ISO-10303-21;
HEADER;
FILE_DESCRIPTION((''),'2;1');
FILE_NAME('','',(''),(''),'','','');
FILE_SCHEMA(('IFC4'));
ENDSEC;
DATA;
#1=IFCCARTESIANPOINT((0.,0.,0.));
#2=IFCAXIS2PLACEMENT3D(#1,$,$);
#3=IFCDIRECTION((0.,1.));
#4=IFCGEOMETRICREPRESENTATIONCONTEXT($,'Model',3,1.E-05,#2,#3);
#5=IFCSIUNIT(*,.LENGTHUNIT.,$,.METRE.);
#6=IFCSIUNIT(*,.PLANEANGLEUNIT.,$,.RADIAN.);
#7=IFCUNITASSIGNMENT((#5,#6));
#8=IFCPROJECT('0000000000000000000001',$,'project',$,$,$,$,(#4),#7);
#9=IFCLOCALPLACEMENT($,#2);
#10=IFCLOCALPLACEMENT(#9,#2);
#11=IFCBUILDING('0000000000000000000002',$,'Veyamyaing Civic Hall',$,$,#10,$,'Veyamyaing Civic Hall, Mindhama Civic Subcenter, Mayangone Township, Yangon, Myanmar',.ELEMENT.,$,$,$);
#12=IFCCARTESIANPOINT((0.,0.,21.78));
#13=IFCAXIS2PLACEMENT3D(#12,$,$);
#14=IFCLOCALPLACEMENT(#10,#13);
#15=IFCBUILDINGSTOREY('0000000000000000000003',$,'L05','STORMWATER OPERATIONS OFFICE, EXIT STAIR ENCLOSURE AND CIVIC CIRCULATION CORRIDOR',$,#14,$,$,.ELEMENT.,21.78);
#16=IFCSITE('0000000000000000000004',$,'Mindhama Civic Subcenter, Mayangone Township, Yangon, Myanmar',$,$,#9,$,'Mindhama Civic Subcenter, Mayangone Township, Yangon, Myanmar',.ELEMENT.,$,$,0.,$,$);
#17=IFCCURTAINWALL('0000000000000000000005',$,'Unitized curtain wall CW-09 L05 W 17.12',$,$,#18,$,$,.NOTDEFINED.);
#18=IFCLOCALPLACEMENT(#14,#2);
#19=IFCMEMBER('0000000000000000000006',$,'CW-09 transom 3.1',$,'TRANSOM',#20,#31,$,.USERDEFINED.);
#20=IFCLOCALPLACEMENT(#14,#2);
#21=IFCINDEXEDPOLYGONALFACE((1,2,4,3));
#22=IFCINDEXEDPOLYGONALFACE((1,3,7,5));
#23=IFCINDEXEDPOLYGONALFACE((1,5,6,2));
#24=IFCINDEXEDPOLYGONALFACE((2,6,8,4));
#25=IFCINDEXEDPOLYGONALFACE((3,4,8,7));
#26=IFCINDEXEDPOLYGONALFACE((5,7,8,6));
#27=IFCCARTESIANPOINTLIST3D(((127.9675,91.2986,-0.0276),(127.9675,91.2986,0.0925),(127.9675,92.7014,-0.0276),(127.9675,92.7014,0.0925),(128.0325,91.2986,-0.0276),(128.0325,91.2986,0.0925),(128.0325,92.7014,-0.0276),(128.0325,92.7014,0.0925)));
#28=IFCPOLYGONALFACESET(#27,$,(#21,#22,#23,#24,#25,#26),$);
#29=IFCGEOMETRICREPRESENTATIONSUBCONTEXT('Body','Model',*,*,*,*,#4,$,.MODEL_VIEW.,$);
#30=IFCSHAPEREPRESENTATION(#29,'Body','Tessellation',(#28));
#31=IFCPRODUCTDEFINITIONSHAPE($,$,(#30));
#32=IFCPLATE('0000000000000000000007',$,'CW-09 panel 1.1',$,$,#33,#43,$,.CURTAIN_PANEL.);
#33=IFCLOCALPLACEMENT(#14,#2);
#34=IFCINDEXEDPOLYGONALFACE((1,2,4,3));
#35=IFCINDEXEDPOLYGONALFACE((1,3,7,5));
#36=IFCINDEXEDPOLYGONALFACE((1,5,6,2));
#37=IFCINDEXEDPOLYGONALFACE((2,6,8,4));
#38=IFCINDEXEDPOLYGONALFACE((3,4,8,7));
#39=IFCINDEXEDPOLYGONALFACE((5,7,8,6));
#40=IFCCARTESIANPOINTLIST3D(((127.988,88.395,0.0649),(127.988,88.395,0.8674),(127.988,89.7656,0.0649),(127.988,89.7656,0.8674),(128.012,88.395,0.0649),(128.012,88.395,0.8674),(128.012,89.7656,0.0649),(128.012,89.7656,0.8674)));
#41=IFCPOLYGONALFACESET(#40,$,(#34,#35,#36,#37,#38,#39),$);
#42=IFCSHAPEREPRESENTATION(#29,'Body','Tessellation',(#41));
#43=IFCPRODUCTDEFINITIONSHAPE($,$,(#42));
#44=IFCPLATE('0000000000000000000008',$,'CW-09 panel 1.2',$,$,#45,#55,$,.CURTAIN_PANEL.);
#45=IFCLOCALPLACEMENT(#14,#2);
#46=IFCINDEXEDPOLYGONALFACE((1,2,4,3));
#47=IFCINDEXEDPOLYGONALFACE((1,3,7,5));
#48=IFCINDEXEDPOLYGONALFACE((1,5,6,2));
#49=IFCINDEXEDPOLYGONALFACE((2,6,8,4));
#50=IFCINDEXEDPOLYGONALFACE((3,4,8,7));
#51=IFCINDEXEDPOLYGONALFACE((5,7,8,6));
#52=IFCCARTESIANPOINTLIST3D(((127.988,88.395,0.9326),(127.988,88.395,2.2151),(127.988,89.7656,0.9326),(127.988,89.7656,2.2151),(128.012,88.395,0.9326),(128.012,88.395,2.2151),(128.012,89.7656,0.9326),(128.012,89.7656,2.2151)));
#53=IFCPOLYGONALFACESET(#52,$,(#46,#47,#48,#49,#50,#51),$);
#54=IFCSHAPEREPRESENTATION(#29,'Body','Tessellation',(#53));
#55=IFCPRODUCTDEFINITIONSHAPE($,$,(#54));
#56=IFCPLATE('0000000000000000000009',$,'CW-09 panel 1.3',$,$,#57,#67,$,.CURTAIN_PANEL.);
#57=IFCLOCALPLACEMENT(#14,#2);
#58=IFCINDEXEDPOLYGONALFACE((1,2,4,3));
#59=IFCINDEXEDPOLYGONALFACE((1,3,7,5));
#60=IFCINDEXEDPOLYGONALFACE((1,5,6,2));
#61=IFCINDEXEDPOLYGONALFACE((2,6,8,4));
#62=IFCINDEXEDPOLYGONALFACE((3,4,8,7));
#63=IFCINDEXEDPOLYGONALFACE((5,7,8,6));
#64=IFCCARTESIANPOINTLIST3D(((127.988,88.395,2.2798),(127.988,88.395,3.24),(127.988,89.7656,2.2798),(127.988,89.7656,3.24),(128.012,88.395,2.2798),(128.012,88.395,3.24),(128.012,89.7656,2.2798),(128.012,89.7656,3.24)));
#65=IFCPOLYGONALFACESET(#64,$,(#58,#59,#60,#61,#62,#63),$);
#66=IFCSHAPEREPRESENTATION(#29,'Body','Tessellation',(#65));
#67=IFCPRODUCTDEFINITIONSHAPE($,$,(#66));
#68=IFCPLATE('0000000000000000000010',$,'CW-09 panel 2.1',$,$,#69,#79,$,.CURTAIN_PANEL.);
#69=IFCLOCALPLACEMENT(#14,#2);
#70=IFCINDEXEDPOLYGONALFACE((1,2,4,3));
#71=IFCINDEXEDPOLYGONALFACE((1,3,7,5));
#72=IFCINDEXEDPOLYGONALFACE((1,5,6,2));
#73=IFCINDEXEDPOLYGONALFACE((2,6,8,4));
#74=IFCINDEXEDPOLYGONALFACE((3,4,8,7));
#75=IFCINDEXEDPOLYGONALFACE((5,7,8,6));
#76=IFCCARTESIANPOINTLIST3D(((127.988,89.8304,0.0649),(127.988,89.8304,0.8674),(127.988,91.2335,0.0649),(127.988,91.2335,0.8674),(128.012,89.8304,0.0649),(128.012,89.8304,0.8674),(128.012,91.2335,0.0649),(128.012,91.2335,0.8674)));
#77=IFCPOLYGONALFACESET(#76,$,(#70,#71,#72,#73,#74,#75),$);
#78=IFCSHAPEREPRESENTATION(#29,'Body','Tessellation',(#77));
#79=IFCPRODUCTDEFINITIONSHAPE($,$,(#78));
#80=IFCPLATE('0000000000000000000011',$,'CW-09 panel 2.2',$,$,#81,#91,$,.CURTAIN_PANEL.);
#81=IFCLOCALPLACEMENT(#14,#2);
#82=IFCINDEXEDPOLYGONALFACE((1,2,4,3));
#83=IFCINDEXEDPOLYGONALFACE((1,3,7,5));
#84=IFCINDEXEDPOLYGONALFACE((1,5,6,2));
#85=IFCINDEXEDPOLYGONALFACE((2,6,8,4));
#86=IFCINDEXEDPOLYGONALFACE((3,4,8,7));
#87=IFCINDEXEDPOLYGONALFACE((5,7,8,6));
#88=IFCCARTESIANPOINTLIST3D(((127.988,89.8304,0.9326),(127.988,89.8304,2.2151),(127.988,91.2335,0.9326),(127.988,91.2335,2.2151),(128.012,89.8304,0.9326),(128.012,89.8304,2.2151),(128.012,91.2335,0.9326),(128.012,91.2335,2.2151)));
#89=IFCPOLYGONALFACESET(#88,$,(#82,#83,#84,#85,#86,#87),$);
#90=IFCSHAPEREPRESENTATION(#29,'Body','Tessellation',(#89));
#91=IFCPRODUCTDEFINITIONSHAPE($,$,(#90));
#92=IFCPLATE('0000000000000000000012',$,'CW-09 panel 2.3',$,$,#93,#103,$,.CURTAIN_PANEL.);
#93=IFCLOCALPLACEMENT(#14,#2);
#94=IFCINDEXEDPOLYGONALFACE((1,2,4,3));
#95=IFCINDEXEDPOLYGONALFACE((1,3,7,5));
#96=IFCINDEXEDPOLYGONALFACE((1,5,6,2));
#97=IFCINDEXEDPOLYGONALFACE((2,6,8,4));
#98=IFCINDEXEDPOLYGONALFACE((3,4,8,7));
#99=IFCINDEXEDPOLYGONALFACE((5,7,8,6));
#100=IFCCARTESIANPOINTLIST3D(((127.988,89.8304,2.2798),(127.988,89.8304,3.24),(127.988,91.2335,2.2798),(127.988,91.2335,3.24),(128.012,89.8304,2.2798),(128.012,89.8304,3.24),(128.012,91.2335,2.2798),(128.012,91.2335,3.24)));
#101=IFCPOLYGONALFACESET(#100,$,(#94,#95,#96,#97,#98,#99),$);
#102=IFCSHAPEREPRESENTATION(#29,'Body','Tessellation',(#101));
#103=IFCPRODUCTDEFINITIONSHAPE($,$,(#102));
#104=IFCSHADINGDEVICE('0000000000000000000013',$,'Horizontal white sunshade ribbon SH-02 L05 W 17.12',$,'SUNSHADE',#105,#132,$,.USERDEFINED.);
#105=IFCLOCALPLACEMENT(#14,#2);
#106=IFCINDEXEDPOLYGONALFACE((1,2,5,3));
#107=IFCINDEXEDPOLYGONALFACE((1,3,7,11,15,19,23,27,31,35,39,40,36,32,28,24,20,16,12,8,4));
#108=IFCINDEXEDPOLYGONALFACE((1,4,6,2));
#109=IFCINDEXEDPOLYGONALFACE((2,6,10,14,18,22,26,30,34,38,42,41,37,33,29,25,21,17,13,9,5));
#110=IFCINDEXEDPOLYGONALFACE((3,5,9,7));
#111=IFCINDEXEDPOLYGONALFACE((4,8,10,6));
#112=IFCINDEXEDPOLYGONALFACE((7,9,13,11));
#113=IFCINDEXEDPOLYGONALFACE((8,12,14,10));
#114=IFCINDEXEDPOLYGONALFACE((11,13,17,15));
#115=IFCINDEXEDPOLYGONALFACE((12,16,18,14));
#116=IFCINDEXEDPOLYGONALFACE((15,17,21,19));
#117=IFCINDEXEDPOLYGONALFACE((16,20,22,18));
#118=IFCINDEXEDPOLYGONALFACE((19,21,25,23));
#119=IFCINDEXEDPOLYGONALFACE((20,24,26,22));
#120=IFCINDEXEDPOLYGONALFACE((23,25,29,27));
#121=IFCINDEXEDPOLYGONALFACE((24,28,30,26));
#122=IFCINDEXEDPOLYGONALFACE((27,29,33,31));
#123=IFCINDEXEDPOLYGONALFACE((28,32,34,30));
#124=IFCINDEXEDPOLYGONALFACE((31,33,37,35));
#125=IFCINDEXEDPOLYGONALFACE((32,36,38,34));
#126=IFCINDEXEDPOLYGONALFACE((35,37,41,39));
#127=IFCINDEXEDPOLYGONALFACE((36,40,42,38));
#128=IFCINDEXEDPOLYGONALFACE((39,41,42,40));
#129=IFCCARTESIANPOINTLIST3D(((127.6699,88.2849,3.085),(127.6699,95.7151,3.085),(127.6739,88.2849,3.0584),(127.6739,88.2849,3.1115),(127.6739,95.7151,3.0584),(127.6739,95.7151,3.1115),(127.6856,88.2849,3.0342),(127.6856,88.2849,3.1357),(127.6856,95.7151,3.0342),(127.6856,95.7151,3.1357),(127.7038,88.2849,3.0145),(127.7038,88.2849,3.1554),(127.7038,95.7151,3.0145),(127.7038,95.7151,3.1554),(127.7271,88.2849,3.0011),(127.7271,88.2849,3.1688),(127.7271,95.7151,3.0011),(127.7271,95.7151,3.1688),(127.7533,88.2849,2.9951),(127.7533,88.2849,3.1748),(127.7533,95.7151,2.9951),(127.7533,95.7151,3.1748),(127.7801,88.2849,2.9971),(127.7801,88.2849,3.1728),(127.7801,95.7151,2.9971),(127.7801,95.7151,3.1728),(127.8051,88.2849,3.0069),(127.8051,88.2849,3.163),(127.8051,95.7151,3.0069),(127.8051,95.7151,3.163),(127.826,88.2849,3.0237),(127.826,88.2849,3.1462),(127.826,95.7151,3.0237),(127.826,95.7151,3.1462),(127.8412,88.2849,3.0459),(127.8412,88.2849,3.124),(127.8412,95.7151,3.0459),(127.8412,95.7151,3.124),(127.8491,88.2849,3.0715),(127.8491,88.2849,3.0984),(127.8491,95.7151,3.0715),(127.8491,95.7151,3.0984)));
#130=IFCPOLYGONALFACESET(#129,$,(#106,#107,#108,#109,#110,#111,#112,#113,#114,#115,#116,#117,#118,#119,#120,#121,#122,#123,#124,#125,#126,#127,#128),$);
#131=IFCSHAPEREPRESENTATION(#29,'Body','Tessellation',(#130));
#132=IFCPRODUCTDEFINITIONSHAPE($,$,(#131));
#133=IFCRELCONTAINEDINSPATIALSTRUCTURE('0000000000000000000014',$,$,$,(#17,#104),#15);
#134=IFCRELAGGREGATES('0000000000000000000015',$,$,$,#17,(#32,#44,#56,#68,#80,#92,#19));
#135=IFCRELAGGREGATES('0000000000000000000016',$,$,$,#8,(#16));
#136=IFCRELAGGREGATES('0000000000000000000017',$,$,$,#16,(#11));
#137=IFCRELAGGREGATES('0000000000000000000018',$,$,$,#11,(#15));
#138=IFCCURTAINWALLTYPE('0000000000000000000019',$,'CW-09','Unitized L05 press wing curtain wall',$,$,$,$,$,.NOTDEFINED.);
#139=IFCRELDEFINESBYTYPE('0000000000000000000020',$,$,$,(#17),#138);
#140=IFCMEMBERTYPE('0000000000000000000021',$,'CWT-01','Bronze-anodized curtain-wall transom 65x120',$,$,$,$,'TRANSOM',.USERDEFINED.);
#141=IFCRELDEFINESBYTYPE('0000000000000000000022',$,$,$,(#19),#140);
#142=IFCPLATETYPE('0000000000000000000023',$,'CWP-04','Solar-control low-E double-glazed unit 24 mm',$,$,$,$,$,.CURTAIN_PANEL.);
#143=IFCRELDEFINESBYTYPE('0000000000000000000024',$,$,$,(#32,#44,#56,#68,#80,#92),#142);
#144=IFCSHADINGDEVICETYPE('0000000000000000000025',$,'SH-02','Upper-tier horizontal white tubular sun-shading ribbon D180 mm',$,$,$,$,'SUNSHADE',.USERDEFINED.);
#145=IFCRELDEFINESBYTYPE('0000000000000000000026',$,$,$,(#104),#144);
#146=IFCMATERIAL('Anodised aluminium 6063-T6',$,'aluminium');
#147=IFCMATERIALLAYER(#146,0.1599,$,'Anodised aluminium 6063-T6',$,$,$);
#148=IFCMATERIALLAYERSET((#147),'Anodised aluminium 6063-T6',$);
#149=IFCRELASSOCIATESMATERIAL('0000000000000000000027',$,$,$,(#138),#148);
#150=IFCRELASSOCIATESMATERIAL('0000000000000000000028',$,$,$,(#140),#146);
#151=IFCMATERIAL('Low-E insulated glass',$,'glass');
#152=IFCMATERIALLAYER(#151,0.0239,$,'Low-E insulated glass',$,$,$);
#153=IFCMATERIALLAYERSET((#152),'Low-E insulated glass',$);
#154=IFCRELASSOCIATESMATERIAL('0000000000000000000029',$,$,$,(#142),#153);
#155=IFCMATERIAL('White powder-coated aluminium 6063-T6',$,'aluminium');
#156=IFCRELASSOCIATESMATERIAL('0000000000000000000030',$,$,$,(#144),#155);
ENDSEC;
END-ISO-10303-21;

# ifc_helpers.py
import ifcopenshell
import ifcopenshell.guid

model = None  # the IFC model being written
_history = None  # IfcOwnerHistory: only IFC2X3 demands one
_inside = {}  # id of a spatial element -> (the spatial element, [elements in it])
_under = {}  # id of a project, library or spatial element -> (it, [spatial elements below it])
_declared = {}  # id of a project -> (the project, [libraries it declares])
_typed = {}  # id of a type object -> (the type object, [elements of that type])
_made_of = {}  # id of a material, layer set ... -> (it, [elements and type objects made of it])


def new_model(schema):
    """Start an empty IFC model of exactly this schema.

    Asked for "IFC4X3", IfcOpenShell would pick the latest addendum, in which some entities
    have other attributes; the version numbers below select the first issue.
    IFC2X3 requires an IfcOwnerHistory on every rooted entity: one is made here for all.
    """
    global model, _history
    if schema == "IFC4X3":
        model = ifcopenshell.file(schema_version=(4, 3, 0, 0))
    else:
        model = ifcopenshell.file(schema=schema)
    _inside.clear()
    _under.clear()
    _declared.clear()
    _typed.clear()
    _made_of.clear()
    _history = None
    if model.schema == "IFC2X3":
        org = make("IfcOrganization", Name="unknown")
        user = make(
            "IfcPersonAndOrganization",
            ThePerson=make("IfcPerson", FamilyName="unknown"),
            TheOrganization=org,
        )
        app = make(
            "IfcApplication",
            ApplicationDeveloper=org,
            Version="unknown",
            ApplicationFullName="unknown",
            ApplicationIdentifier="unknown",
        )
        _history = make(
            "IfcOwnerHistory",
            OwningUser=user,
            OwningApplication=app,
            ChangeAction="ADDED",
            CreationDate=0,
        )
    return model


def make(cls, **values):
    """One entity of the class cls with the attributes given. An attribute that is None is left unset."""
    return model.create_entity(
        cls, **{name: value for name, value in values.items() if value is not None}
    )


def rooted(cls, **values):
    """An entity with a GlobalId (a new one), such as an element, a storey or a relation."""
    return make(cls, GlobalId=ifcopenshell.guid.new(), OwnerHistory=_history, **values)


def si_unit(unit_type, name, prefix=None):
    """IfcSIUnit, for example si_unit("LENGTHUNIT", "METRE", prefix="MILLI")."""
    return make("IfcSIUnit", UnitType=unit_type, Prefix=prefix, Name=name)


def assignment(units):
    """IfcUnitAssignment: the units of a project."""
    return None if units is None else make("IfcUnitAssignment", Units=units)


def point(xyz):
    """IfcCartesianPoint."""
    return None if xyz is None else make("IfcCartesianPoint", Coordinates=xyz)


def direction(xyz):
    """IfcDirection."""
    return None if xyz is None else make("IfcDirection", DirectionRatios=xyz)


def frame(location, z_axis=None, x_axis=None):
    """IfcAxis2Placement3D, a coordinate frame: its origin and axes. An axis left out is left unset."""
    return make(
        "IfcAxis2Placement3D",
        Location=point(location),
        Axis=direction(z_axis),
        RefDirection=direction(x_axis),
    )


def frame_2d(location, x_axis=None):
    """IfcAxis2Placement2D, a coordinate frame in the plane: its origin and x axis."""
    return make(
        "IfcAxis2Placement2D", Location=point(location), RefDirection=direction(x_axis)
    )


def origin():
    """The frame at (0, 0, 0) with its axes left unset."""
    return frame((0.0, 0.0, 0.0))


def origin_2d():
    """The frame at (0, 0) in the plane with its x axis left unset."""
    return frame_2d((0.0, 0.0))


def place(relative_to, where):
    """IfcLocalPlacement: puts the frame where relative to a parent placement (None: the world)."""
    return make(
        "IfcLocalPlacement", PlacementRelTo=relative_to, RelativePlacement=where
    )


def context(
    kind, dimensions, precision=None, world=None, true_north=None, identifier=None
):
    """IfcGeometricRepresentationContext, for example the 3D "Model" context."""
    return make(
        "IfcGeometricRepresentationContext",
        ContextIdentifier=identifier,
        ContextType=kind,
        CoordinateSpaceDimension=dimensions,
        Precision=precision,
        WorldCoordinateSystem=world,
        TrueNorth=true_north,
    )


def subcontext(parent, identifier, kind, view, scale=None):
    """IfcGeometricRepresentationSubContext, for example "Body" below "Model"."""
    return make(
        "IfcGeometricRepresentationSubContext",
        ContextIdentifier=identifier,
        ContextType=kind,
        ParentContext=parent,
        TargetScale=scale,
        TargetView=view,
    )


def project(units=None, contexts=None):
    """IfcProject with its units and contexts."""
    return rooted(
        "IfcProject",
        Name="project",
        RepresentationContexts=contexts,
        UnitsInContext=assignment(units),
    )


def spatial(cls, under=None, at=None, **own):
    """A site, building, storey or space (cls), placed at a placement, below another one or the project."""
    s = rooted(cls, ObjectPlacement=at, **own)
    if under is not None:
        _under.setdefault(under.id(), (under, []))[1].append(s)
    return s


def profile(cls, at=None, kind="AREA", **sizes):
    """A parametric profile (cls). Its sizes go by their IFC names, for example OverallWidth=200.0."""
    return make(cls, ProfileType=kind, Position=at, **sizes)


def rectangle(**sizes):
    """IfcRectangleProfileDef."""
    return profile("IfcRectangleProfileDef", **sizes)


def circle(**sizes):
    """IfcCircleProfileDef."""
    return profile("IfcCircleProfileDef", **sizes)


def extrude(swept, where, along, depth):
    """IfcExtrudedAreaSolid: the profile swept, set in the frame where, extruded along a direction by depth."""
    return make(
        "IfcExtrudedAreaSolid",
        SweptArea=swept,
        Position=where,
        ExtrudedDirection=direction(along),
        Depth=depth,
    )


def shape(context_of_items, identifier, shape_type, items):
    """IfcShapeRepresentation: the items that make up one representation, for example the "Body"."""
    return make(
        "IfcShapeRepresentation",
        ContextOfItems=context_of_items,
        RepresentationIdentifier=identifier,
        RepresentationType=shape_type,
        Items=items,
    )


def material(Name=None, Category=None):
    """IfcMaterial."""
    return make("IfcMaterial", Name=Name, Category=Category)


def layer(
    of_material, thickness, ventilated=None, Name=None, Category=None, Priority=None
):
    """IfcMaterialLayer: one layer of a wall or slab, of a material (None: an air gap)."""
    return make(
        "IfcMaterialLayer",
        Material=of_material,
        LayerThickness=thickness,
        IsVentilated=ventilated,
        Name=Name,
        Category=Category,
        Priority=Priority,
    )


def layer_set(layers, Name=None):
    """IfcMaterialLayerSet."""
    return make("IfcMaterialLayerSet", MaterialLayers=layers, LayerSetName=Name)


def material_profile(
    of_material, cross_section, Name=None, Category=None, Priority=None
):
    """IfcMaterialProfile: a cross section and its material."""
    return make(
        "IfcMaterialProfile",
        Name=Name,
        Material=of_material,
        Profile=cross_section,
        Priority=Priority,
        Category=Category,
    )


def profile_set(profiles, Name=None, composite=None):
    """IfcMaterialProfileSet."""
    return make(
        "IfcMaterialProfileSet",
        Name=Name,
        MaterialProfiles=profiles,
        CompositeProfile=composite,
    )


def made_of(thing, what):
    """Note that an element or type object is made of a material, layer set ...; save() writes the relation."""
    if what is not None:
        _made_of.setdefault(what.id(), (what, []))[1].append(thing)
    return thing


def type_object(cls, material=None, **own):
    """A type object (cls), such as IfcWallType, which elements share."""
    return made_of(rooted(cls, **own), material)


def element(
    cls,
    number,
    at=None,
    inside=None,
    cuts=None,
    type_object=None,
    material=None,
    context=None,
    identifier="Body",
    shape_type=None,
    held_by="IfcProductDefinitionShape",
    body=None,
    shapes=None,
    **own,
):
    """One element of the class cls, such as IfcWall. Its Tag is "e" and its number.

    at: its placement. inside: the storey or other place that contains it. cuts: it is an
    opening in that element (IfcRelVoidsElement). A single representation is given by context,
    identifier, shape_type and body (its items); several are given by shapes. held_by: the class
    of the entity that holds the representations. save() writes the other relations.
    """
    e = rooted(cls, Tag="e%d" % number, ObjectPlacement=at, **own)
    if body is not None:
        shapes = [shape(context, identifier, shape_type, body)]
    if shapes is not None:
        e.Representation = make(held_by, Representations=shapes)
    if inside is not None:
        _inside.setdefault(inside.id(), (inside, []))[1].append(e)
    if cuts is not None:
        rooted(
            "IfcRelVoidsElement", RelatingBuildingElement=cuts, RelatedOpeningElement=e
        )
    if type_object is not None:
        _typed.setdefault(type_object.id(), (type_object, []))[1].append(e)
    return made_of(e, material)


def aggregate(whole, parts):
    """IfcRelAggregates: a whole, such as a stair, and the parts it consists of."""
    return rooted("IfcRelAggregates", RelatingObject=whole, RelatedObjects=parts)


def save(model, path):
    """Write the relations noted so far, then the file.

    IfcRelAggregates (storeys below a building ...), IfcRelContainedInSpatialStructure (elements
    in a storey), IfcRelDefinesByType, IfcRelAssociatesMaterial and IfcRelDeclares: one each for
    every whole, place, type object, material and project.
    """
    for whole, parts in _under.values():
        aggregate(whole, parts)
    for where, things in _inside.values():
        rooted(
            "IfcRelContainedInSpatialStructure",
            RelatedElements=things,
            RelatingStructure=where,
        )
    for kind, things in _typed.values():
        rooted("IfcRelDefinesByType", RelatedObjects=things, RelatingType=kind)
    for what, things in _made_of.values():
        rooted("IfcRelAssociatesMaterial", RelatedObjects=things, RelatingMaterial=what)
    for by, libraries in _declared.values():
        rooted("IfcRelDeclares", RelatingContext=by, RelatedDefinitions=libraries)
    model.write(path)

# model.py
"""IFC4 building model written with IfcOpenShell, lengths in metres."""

from ifc_helpers import new_model, si_unit, direction, frame, origin, origin_2d, place, context, subcontext, project, spatial, rectangle, circle, extrude, material, layer, layer_set, material_profile, profile_set, type_object, element, aggregate, save


model = new_model("IFC4")

# Units and contexts
model_context = context("Model", 3, precision=1e-05, world=origin(), true_north=direction((0.0, 1.0)))
body_context = subcontext(model_context, "Body", "Model", "MODEL_VIEW")
ifc_project = project(units=[si_unit("LENGTHUNIT", "METRE"), si_unit("PLANEANGLEUNIT", "RADIAN")], contexts=[model_context])

# Site, building, storey
site_placement = place(None, origin())
site = spatial("IfcSite", under=ifc_project, at=site_placement, Name="Mindhama Civic Subcenter, Mayangone Township, Yangon, Myanmar", LongName="Mindhama Civic Subcenter, Mayangone Township, Yangon, Myanmar", CompositionType="ELEMENT", RefElevation=0.0)
building_placement = place(site_placement, origin())
building = spatial("IfcBuilding", under=site, at=building_placement, Name="Veyamyaing Civic Hall", LongName="Veyamyaing Civic Hall, Mindhama Civic Subcenter, Mayangone Township, Yangon, Myanmar", CompositionType="ELEMENT")
storey_placement = place(building_placement, frame((0.0, 0.0, 21.78)))
storey = spatial("IfcBuildingStorey", under=building, at=storey_placement, Name="L05", Description="STORMWATER OPERATIONS OFFICE, EXIT STAIR ENCLOSURE AND CIVIC CIRCULATION CORRIDOR", CompositionType="ELEMENT", Elevation=21.78)

# Curtain wall, member, plates
ifc_material_1 = material(Name="Anodised aluminium 6063-T6", Category="aluminium")
ifc_layer_1 = layer(ifc_material_1, 0.1599, Name="Anodised aluminium 6063-T6")
ifc_layer_set_1 = layer_set([ifc_layer_1], Name="Anodised aluminium 6063-T6")
curtain_wall_type = type_object("IfcCurtainWallType", Name="CW-09", Description="Unitized L05 press wing curtain wall", PredefinedType="NOTDEFINED", material=ifc_layer_set_1)
curtain_wall_placement = place(storey_placement, origin())
curtain_wall = element("IfcCurtainWall", 1, at=curtain_wall_placement, inside=storey, type_object=curtain_wall_type, Name="Unitized curtain wall CW-09 L05 W 17.12", PredefinedType="NOTDEFINED")
ifc_material_profile_1 = material_profile(ifc_material_1, rectangle(XDim=0.0649, YDim=0.1201, at=origin_2d()), Name="ALU-TRN-65X120")
ifc_profile_set_1 = profile_set([ifc_material_profile_1], Name="Anodised aluminium 6063-T6")
member_type_1 = type_object("IfcMemberType", Name="CWT-01", Description="Bronze-anodized curtain-wall transom 65x120", ElementType="TRANSOM", PredefinedType="USERDEFINED", material=ifc_profile_set_1)
member_1_placement = place(storey_placement, frame((128.0, 91.2986, 0.0325), z_axis=(0.0, 1.0, 0.0), x_axis=(-1.0, 0.0, 0.0)))
member_1 = element("IfcMember", 2, at=member_1_placement, type_object=member_type_1, Name="CW-09 transom 3.1", ObjectType="TRANSOM", PredefinedType="USERDEFINED", context=body_context, shape_type="SweptSolid", body=[
    extrude(rectangle(XDim=0.0649, YDim=0.1201, at=origin_2d()), origin(), (0.0, 0.0, 1.0), 1.4028),
])
ifc_material_2 = material(Name="Low-E insulated glass", Category="glass")
ifc_layer_2 = layer(ifc_material_2, 0.0239, Name="Low-E insulated glass")
ifc_layer_set_2 = layer_set([ifc_layer_2], Name="Low-E insulated glass")
plate_type = type_object("IfcPlateType", Name="CWP-04", Description="Solar-control low-E double-glazed unit 24 mm", PredefinedType="CURTAIN_PANEL", material=ifc_layer_set_2)
plate_1_placement = place(storey_placement, frame((128.0, 89.0803, 0.0649), z_axis=(0.0, 0.0, 1.0), x_axis=(0.0, 1.0, 0.0)))
plate_1 = element("IfcPlate", 3, at=plate_1_placement, type_object=plate_type, Name="CW-09 panel 1.1", PredefinedType="CURTAIN_PANEL", context=body_context, shape_type="SweptSolid", body=[
    extrude(rectangle(XDim=1.3706, YDim=0.0239, at=origin_2d()), origin(), (0.0, 0.0, 1.0), 0.8025),
])
plate_2_placement = place(storey_placement, frame((128.0, 89.0803, 0.9326), z_axis=(0.0, 0.0, 1.0), x_axis=(0.0, 1.0, 0.0)))
plate_2 = element("IfcPlate", 4, at=plate_2_placement, type_object=plate_type, Name="CW-09 panel 1.2", PredefinedType="CURTAIN_PANEL", context=body_context, shape_type="SweptSolid", body=[
    extrude(rectangle(XDim=1.3706, YDim=0.0239, at=origin_2d()), origin(), (0.0, 0.0, 1.0), 1.2825),
])
plate_3_placement = place(storey_placement, frame((128.0, 89.0803, 2.2798), z_axis=(0.0, 0.0, 1.0), x_axis=(0.0, 1.0, 0.0)))
plate_3 = element("IfcPlate", 5, at=plate_3_placement, type_object=plate_type, Name="CW-09 panel 1.3", PredefinedType="CURTAIN_PANEL", context=body_context, shape_type="SweptSolid", body=[
    extrude(rectangle(XDim=1.3706, YDim=0.0239, at=origin_2d()), origin(), (0.0, 0.0, 1.0), 0.9602),
])
plate_4_placement = place(storey_placement, frame((128.0, 90.532, 0.0649), z_axis=(0.0, 0.0, 1.0), x_axis=(0.0, 1.0, 0.0)))
plate_4 = element("IfcPlate", 6, at=plate_4_placement, type_object=plate_type, Name="CW-09 panel 2.1", PredefinedType="CURTAIN_PANEL", context=body_context, shape_type="SweptSolid", body=[
    extrude(rectangle(XDim=1.4031, YDim=0.0239, at=origin_2d()), origin(), (0.0, 0.0, 1.0), 0.8025),
])
plate_5_placement = place(storey_placement, frame((128.0, 90.532, 0.9326), z_axis=(0.0, 0.0, 1.0), x_axis=(0.0, 1.0, 0.0)))
plate_5 = element("IfcPlate", 7, at=plate_5_placement, type_object=plate_type, Name="CW-09 panel 2.2", PredefinedType="CURTAIN_PANEL", context=body_context, shape_type="SweptSolid", body=[
    extrude(rectangle(XDim=1.4031, YDim=0.0239, at=origin_2d()), origin(), (0.0, 0.0, 1.0), 1.2825),
])
plate_6_placement = place(storey_placement, frame((128.0, 90.532, 2.2798), z_axis=(0.0, 0.0, 1.0), x_axis=(0.0, 1.0, 0.0)))
plate_6 = element("IfcPlate", 8, at=plate_6_placement, type_object=plate_type, Name="CW-09 panel 2.3", PredefinedType="CURTAIN_PANEL", context=body_context, shape_type="SweptSolid", body=[
    extrude(rectangle(XDim=1.4031, YDim=0.0239, at=origin_2d()), origin(), (0.0, 0.0, 1.0), 0.9602),
])
aggregate(curtain_wall, [plate_1, plate_2, plate_3, plate_4, plate_5, plate_6, member_1])

# Shading device
ifc_material_3 = material(Name="White powder-coated aluminium 6063-T6", Category="aluminium")
ifc_material_profile_2 = material_profile(ifc_material_3, circle(Radius=0.0901, at=origin_2d()), Name="SHADE-TUBE-180")
ifc_profile_set_2 = profile_set([ifc_material_profile_2], Name="White powder-coated aluminium 6063-T6")
shading_device_type = type_object("IfcShadingDeviceType", Name="SH-02", Description="Upper-tier horizontal white tubular sun-shading ribbon D180 mm", ElementType="SUNSHADE", PredefinedType="USERDEFINED", material=ifc_profile_set_2)
shading_device_placement = place(storey_placement, frame((127.76, 88.2849, 3.085), z_axis=(0.0, 1.0, 0.0), x_axis=(-1.0, 0.0, 0.0)))
element("IfcShadingDevice", 9, at=shading_device_placement, inside=storey, type_object=shading_device_type, Name="Horizontal white sunshade ribbon SH-02 L05 W 17.12", ObjectType="SUNSHADE", PredefinedType="USERDEFINED", context=body_context, shape_type="SweptSolid", body=[
    extrude(circle(Radius=0.0901, at=origin_2d()), origin(), (0.0, 0.0, 1.0), 7.4302),
])

save(model, "model.ifc")
